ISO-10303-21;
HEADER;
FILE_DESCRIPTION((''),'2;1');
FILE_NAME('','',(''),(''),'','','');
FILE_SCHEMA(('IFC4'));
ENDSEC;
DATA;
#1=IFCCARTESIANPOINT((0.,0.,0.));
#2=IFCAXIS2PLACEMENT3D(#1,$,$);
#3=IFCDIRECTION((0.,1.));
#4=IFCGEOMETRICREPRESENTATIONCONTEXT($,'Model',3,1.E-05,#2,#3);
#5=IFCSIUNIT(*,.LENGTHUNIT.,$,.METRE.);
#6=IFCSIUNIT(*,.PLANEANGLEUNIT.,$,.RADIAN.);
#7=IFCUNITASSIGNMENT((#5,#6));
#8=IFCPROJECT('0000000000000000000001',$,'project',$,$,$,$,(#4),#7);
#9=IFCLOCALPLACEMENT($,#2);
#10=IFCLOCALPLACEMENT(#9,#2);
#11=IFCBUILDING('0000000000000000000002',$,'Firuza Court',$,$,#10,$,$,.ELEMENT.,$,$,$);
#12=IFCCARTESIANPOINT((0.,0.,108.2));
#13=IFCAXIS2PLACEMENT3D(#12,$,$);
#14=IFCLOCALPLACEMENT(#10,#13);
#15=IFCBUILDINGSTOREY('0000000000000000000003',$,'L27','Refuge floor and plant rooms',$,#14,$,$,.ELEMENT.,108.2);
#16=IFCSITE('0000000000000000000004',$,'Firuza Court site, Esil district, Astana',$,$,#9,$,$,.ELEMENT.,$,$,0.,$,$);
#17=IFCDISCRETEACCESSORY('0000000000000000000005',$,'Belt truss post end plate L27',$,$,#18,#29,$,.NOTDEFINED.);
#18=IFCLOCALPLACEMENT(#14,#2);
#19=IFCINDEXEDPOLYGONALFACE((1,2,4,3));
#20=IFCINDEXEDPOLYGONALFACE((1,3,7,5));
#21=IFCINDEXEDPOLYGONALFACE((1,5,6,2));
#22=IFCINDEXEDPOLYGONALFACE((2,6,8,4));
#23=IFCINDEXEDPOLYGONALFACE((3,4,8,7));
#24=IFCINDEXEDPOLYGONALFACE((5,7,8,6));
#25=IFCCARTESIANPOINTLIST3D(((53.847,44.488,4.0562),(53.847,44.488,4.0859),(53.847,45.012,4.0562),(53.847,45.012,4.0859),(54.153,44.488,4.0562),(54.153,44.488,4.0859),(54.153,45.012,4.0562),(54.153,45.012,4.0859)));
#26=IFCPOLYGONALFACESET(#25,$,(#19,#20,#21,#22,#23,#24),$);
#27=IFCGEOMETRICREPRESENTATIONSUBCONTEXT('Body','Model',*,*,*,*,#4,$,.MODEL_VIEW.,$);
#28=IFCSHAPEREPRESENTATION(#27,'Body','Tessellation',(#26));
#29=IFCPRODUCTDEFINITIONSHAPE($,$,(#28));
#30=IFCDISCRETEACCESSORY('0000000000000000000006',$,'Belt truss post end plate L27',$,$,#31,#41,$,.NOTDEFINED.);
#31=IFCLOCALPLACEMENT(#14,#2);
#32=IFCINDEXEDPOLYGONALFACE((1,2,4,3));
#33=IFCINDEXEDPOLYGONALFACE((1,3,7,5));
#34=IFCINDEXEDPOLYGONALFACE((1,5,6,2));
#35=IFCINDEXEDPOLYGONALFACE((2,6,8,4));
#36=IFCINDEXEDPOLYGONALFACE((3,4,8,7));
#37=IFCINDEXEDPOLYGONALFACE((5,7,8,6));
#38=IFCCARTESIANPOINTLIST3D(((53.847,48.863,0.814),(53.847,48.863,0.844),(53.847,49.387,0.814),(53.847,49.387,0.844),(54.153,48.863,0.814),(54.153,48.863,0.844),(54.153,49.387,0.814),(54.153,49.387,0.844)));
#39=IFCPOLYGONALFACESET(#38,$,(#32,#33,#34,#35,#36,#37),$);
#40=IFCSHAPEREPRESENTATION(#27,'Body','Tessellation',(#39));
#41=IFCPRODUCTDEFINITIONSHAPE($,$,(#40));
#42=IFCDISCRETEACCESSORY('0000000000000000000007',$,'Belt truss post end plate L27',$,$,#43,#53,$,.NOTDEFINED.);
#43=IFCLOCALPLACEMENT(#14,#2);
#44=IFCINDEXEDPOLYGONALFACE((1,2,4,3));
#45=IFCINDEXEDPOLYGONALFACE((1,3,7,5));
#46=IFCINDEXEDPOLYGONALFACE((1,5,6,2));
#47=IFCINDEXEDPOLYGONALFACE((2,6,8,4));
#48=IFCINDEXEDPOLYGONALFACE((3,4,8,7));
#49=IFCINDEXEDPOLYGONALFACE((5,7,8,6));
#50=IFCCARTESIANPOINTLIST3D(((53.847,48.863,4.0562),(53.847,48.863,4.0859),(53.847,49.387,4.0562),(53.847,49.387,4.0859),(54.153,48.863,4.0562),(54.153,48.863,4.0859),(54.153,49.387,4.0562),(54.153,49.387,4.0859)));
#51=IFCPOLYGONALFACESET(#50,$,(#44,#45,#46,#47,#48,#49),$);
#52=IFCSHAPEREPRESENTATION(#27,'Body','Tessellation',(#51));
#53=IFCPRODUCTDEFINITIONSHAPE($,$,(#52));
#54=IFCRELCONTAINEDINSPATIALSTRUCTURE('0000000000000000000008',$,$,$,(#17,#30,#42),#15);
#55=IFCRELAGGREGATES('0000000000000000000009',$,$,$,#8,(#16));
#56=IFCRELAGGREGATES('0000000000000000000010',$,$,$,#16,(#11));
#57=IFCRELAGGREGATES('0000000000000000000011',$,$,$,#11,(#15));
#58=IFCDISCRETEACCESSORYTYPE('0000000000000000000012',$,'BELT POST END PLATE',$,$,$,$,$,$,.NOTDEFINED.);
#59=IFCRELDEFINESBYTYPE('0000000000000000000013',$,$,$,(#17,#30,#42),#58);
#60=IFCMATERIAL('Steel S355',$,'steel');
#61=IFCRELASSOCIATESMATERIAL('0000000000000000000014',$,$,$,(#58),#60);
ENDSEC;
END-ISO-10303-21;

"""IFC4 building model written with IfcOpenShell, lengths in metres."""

from ifc_helpers import new_model, si_unit, direction, frame, origin, origin_2d, place, context, subcontext, project, spatial, rectangle, extrude, material, material_profile, profile_set, type_object, element, save


model = new_model("IFC4")

# Units and contexts
model_context = context("Model", 3, precision=1e-05, world=origin(), true_north=direction((0.0, 1.0)))
body_context = subcontext(model_context, "Body", "Model", "MODEL_VIEW")
ifc_project = project(units=[si_unit("LENGTHUNIT", "METRE"), si_unit("PLANEANGLEUNIT", "RADIAN")], contexts=[model_context])

# Site, building, storey
site_placement = place(None, origin())
site = spatial("IfcSite", under=ifc_project, at=site_placement, Name="Firuza Court site, Esil district, Astana", CompositionType="ELEMENT", RefElevation=0.0)
building_placement = place(site_placement, origin())
building = spatial("IfcBuilding", under=site, at=building_placement, Name="Firuza Court", CompositionType="ELEMENT")
storey_placement = place(building_placement, frame((0.0, 0.0, 108.2)))
storey = spatial("IfcBuildingStorey", under=building, at=storey_placement, Name="L27", Description="Refuge floor and plant rooms", CompositionType="ELEMENT", Elevation=108.2)

# Discrete accessories
ifc_material_1 = material(Name="Steel S355", Category="steel")
ifc_material_profile_1 = material_profile(ifc_material_1, rectangle(XDim=0.3059, YDim=0.5239, at=origin_2d()), Name="PL 306X524")
ifc_profile_set_1 = profile_set([ifc_material_profile_1], Name="Steel S355")
discrete_accessory_type = type_object("IfcDiscreteAccessoryType", Name="BELT POST END PLATE", PredefinedType="NOTDEFINED", material=ifc_profile_set_1)
discrete_accessory_1_placement = place(storey_placement, frame((54.0, 44.75, 4.0562), z_axis=(0.0, 0.0, 1.0), x_axis=(1.0, 0.0, 0.0)))
element("IfcDiscreteAccessory", 1, at=discrete_accessory_1_placement, inside=storey, type_object=discrete_accessory_type, Name="Belt truss post end plate L27", PredefinedType="NOTDEFINED", context=body_context, shape_type="SweptSolid", body=[
    extrude(rectangle(XDim=0.3059, YDim=0.5239, at=origin_2d()), origin(), (0.0, 0.0, 1.0), 0.0298),
])
discrete_accessory_2_placement = place(storey_placement, frame((54.0, 49.125, 0.814), z_axis=(0.0, 0.0, 1.0), x_axis=(1.0, 0.0, 0.0)))
element("IfcDiscreteAccessory", 2, at=discrete_accessory_2_placement, inside=storey, type_object=discrete_accessory_type, Name="Belt truss post end plate L27", PredefinedType="NOTDEFINED", context=body_context, shape_type="SweptSolid", body=[
    extrude(rectangle(XDim=0.3059, YDim=0.5239, at=origin_2d()), origin(), (0.0, 0.0, 1.0), 0.03),
])
discrete_accessory_3_placement = place(storey_placement, frame((54.0, 49.125, 4.0562), z_axis=(0.0, 0.0, 1.0), x_axis=(1.0, 0.0, 0.0)))
element("IfcDiscreteAccessory", 3, at=discrete_accessory_3_placement, inside=storey, type_object=discrete_accessory_type, Name="Belt truss post end plate L27", PredefinedType="NOTDEFINED", context=body_context, shape_type="SweptSolid", body=[
    extrude(rectangle(XDim=0.3059, YDim=0.5239, at=origin_2d()), origin(), (0.0, 0.0, 1.0), 0.0298),
])

save(model, "model.ifc")
